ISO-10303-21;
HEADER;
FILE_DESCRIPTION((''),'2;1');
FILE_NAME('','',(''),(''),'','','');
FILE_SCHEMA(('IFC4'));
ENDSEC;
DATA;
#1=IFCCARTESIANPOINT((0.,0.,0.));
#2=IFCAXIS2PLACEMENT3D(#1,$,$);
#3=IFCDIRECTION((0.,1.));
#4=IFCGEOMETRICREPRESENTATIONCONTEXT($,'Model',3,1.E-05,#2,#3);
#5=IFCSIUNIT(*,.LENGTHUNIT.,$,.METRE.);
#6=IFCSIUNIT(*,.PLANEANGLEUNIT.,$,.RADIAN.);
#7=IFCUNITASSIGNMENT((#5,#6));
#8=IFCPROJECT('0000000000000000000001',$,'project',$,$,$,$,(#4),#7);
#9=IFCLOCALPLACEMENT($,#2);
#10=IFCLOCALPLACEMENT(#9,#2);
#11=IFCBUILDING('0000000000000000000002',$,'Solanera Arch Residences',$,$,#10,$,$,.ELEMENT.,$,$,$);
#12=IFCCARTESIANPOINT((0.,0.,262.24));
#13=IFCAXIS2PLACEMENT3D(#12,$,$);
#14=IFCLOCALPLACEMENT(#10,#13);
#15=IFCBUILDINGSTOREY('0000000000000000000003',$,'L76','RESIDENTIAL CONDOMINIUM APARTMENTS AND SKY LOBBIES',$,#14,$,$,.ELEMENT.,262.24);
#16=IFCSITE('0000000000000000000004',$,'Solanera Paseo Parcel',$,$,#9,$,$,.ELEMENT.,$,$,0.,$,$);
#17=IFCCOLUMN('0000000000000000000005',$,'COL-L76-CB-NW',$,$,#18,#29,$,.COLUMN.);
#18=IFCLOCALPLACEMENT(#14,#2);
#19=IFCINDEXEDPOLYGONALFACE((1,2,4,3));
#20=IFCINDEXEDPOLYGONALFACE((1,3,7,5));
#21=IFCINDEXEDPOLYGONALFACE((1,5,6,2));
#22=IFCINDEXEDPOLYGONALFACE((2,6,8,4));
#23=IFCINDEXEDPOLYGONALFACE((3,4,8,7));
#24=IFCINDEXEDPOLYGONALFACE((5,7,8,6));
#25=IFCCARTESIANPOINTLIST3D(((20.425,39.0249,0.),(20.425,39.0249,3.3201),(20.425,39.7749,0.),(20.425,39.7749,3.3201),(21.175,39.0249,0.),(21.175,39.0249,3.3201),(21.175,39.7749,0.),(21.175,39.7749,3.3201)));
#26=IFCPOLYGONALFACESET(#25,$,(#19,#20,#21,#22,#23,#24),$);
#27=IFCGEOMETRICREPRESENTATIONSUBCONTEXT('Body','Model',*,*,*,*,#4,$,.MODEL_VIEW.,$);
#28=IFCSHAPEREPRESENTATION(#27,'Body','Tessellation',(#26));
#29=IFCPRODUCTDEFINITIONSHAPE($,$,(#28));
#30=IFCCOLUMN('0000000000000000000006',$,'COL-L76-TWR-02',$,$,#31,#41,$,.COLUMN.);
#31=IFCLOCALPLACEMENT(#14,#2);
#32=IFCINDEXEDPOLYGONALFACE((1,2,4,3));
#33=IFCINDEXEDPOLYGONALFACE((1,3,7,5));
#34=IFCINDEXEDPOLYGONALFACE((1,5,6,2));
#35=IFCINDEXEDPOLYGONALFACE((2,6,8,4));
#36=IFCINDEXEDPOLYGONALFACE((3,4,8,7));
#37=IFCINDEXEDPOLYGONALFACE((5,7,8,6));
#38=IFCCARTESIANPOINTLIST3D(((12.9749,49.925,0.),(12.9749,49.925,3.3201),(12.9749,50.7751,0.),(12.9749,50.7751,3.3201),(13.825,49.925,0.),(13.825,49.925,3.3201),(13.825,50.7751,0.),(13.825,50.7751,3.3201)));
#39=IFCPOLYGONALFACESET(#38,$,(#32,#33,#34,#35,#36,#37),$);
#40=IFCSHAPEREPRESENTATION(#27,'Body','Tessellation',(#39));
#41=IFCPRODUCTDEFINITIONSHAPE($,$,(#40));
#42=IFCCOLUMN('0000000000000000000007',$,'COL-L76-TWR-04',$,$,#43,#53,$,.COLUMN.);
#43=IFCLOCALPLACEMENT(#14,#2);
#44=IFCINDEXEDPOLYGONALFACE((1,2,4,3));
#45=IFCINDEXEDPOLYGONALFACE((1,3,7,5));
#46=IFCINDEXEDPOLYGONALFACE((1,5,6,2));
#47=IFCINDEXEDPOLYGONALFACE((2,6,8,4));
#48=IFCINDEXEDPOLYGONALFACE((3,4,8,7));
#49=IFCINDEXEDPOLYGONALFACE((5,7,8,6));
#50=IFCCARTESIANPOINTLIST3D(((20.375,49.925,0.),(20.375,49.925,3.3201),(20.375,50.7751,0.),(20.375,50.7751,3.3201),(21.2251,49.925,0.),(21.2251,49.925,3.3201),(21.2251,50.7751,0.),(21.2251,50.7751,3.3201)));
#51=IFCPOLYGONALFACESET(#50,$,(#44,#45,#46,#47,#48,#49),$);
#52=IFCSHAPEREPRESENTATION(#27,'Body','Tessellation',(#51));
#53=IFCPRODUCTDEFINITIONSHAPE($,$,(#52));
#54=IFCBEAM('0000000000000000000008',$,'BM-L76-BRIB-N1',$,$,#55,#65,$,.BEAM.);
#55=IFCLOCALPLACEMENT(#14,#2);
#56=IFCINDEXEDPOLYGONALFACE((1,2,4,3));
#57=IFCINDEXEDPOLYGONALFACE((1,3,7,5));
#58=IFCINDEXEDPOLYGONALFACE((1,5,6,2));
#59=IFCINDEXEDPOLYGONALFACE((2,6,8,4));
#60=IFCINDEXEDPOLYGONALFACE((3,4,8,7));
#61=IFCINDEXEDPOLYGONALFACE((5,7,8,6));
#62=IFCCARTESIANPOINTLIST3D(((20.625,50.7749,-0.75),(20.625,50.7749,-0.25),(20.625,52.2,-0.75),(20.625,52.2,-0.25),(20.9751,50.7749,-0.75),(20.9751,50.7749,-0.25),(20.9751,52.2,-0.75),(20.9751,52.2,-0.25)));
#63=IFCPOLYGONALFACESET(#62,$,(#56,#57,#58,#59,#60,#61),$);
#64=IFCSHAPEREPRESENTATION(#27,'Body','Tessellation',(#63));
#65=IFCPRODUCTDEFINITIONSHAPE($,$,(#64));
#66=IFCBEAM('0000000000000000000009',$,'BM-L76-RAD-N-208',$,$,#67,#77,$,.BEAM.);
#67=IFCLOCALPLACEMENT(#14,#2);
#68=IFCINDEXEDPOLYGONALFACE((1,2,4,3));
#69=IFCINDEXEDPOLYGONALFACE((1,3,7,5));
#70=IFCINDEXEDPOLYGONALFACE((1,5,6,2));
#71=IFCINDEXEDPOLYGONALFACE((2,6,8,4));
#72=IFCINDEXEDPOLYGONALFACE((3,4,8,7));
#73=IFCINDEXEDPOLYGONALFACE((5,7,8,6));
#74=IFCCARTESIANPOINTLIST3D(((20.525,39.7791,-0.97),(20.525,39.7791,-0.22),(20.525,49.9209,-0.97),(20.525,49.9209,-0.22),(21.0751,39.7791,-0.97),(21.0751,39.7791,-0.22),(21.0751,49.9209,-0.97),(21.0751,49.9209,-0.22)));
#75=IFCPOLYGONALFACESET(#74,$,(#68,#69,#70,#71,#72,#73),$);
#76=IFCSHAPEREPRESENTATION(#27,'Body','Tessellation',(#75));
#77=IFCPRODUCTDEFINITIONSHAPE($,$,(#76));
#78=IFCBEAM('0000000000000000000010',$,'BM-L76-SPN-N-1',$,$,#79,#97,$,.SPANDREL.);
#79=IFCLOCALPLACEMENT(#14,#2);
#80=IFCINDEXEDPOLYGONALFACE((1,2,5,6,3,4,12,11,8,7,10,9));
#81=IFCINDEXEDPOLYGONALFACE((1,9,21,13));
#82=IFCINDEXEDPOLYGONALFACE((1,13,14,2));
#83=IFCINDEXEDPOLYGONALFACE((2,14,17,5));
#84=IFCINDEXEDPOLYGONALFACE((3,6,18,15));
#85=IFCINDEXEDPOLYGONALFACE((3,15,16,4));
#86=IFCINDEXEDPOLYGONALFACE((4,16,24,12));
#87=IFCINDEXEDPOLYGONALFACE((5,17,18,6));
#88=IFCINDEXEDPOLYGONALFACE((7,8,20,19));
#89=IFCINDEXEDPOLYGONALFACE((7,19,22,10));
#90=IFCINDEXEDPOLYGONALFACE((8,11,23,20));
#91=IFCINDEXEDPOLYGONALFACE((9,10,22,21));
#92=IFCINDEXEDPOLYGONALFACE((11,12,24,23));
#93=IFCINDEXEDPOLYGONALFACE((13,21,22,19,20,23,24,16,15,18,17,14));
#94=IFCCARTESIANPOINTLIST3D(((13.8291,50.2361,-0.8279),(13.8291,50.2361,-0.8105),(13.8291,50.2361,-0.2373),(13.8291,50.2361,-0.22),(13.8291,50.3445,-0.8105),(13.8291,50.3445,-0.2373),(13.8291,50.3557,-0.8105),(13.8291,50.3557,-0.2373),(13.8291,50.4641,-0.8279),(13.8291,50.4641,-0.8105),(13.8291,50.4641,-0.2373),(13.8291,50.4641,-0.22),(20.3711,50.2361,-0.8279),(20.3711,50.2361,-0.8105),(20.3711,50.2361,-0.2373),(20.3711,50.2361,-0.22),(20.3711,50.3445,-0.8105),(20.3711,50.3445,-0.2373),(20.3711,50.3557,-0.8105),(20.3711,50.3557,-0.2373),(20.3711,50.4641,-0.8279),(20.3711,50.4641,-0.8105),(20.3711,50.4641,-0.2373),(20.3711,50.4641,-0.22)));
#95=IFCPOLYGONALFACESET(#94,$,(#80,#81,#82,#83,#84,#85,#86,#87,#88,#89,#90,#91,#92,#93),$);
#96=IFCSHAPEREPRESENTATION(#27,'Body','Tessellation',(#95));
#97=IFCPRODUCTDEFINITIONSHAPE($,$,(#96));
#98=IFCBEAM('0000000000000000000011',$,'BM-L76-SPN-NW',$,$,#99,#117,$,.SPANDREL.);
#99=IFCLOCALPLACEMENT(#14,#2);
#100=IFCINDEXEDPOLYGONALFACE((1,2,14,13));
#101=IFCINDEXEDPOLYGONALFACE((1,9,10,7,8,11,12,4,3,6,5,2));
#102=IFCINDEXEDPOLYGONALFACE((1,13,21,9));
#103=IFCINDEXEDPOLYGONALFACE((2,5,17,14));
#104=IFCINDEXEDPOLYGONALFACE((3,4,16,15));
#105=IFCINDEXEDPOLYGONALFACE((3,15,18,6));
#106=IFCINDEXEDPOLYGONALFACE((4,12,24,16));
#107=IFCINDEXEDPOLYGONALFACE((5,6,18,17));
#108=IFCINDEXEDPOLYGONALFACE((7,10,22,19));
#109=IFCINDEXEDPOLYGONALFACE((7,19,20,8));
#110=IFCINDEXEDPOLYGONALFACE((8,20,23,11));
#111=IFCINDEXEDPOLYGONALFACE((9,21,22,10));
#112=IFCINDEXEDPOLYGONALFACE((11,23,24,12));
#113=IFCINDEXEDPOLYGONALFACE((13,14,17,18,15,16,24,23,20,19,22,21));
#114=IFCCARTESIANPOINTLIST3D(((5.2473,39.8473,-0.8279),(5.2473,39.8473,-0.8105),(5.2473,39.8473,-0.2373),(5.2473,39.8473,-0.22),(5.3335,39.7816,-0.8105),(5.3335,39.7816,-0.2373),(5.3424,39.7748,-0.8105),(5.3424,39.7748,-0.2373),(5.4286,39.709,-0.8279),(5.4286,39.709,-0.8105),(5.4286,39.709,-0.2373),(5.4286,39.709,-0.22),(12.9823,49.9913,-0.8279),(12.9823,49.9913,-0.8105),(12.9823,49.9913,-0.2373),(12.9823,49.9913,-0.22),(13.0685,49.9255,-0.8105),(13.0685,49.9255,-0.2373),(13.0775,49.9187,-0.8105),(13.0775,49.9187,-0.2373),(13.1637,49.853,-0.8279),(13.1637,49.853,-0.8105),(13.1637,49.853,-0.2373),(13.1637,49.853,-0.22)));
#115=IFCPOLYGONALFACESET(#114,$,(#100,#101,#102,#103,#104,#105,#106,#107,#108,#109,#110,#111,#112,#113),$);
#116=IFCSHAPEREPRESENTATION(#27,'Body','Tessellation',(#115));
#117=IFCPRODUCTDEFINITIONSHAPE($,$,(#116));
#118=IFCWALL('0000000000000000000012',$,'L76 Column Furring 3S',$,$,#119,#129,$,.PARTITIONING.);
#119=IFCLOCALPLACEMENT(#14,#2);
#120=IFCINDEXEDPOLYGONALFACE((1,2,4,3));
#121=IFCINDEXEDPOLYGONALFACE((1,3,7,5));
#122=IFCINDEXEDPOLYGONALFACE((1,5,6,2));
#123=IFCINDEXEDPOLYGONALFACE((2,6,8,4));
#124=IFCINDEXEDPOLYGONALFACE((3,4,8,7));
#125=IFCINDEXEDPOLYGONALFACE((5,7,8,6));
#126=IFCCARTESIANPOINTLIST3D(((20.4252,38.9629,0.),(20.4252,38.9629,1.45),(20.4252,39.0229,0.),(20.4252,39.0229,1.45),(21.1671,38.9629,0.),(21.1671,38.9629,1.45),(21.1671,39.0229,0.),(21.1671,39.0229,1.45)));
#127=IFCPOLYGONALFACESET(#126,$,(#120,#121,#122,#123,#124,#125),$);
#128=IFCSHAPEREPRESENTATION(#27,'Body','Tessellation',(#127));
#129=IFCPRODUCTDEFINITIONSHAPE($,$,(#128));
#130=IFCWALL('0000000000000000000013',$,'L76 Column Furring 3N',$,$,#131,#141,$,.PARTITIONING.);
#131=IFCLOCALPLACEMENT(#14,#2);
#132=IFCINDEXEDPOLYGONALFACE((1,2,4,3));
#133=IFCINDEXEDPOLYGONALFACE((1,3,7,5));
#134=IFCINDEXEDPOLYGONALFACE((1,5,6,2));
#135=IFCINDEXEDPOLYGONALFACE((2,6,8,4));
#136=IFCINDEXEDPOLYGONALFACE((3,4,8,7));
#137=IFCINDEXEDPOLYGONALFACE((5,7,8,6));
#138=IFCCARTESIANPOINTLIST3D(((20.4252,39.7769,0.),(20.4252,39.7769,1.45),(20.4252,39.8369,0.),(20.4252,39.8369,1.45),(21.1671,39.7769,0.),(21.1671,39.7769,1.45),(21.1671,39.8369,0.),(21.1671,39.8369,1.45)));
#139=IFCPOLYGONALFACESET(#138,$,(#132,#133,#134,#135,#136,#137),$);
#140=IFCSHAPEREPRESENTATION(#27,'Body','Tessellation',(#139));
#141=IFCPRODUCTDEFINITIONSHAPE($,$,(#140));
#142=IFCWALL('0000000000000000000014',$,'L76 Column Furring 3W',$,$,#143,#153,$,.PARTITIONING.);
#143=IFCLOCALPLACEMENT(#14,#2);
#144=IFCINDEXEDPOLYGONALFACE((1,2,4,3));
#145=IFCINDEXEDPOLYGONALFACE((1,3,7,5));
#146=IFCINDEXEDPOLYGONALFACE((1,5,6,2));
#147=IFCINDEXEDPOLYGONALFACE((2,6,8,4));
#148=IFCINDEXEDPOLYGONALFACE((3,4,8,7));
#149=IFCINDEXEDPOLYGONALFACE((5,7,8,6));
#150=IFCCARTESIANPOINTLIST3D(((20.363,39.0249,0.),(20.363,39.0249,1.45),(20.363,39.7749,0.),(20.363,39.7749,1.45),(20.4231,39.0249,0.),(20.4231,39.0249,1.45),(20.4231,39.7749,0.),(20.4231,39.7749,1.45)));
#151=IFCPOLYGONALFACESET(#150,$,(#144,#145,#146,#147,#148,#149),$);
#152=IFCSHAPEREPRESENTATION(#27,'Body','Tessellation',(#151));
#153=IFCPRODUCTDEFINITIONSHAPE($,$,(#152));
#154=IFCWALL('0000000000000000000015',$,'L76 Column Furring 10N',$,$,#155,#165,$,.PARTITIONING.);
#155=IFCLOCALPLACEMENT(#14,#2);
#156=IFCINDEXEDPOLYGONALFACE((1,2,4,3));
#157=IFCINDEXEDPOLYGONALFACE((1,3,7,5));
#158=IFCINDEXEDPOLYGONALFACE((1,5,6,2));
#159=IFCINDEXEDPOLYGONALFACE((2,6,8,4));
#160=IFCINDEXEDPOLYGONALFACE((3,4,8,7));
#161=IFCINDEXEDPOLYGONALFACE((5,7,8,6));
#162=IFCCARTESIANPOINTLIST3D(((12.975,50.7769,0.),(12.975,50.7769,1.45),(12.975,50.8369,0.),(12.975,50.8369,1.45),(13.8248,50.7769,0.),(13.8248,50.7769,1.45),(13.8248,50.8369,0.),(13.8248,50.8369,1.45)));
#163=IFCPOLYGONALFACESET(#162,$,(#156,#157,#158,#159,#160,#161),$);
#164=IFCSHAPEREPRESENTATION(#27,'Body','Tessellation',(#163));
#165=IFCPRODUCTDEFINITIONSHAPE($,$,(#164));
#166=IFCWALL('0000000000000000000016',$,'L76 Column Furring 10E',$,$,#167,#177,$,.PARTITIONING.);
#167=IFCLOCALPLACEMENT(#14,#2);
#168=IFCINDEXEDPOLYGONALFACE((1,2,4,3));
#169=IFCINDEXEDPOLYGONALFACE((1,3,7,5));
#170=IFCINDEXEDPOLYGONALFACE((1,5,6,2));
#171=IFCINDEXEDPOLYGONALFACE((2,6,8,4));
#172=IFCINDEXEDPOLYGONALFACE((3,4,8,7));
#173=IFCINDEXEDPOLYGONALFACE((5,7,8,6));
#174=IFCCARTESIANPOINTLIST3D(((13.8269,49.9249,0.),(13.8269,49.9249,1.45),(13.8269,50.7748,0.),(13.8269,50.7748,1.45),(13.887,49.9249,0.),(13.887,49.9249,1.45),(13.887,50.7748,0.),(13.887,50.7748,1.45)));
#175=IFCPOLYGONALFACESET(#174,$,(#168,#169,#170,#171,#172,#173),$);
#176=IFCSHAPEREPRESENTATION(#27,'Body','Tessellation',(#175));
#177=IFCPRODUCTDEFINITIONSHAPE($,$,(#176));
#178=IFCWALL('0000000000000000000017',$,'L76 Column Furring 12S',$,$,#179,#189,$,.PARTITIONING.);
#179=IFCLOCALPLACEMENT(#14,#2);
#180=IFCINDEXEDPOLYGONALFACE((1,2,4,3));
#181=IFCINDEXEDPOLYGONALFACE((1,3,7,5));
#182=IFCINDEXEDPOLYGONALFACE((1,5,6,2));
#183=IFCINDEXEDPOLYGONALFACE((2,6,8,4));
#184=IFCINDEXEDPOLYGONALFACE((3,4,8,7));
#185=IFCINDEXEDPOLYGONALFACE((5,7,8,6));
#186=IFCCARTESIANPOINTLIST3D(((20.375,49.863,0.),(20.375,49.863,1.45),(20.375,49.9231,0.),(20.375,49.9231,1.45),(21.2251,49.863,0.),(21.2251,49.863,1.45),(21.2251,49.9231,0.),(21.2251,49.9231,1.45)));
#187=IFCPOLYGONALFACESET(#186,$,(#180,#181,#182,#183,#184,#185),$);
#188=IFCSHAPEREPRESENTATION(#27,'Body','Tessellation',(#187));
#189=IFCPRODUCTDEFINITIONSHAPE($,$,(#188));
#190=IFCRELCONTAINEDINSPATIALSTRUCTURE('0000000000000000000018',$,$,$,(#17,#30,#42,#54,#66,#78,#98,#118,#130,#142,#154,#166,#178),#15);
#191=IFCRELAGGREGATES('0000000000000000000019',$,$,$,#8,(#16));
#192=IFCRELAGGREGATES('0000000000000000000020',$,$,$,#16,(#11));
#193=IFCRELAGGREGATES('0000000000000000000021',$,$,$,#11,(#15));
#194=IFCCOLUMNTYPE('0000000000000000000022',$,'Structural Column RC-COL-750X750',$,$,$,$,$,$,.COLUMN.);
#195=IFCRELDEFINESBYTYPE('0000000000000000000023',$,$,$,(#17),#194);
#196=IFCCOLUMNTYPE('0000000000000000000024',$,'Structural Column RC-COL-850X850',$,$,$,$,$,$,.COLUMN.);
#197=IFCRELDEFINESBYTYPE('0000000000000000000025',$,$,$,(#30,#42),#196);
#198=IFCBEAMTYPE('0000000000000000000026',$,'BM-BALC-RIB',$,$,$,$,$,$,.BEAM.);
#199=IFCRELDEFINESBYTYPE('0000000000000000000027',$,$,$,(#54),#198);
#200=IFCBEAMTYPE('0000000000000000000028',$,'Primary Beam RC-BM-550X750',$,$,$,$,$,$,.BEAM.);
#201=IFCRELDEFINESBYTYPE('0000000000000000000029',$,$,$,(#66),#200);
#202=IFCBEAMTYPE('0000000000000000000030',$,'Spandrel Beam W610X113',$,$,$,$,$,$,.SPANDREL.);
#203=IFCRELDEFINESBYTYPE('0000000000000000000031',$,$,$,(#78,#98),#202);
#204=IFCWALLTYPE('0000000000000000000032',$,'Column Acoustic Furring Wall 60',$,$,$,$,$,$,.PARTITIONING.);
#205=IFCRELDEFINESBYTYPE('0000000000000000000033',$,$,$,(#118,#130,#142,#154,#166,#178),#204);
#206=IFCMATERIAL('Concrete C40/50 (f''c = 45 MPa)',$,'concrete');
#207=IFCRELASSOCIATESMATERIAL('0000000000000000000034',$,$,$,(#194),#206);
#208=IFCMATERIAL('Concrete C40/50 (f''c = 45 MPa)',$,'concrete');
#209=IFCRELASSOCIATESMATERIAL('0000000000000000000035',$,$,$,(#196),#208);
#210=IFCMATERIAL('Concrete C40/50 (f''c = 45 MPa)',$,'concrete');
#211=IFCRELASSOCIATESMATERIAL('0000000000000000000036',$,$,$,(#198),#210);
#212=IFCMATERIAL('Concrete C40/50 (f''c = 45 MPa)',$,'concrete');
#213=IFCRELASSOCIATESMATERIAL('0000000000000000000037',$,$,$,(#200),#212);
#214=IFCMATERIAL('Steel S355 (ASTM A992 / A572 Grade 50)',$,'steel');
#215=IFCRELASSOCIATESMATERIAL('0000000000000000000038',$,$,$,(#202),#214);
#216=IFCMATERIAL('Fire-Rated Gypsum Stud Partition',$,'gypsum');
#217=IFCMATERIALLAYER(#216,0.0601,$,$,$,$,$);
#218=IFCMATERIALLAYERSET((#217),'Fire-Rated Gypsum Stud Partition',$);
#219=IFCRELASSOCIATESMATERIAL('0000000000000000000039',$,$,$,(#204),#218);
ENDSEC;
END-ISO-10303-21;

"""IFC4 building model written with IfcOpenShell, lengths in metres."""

from ifc_helpers import new_model, si_unit, direction, frame, frame_2d, origin, origin_2d, place, context, subcontext, project, spatial, rectangle, i_section, extrude, material, layer, layer_set, material_profile, profile_set, type_object, element, save


model = new_model("IFC4")

# Units and contexts
model_context = context("Model", 3, precision=1e-05, world=origin(), true_north=direction((0.0, 1.0)))
body_context = subcontext(model_context, "Body", "Model", "MODEL_VIEW")
ifc_project = project(units=[si_unit("LENGTHUNIT", "METRE"), si_unit("PLANEANGLEUNIT", "RADIAN")], contexts=[model_context])

# Site, building, storey
site_placement = place(None, origin())
site = spatial("IfcSite", under=ifc_project, at=site_placement, Name="Solanera Paseo Parcel", CompositionType="ELEMENT", RefElevation=0.0)
building_placement = place(site_placement, origin())
building = spatial("IfcBuilding", under=site, at=building_placement, Name="Solanera Arch Residences", CompositionType="ELEMENT")
storey_placement = place(building_placement, frame((0.0, 0.0, 262.24)))
storey = spatial("IfcBuildingStorey", under=building, at=storey_placement, Name="L76", Description="RESIDENTIAL CONDOMINIUM APARTMENTS AND SKY LOBBIES", CompositionType="ELEMENT", Elevation=262.24)

# Columns
ifc_material_1 = material(Name="Concrete C40/50 (f'c = 45 MPa)", Category="concrete")
ifc_material_profile_1 = material_profile(ifc_material_1, rectangle(XDim=0.75, YDim=0.75, at=origin_2d()))
ifc_profile_set_1 = profile_set([ifc_material_profile_1], Name="Concrete C40/50 (f'c = 45 MPa)")
column_type_1 = type_object("IfcColumnType", Name="Structural Column RC-COL-750X750", PredefinedType="COLUMN", material=ifc_profile_set_1)
column_placement = place(storey_placement, frame((20.8, 39.3999, 0.0), z_axis=(0.0, 0.0, 1.0), x_axis=(1.0, 0.0, 0.0)))
element("IfcColumn", 1, at=column_placement, inside=storey, type_object=column_type_1, Name="COL-L76-CB-NW", PredefinedType="COLUMN", context=body_context, shape_type="SweptSolid", body=[
    extrude(rectangle(XDim=0.75, YDim=0.75, at=origin_2d()), origin(), (0.0, 0.0, 1.0), 3.3201),
])
ifc_material_2 = material(Name="Concrete C40/50 (f'c = 45 MPa)", Category="concrete")
ifc_material_profile_2 = material_profile(ifc_material_2, rectangle(XDim=0.8501, YDim=0.8501, at=origin_2d()))
ifc_profile_set_2 = profile_set([ifc_material_profile_2], Name="Concrete C40/50 (f'c = 45 MPa)")
column_type_2 = type_object("IfcColumnType", Name="Structural Column RC-COL-850X850", PredefinedType="COLUMN", material=ifc_profile_set_2)
for number, where, z_axis, x_axis, name in (
    (2, (13.3999, 50.3501, 0.0), (0.0, 0.0, 1.0), (1.0, 0.0, 0.0), "COL-L76-TWR-02"),
    (3, (20.8, 50.3501, 0.0), (0.0, 0.0, 1.0), (1.0, 0.0, 0.0), "COL-L76-TWR-04"),
):
    element("IfcColumn", number, at=place(storey_placement, frame(where, z_axis=z_axis, x_axis=x_axis)), inside=storey, type_object=column_type_2, Name=name, PredefinedType="COLUMN", context=body_context, shape_type="SweptSolid", body=[
        extrude(rectangle(XDim=0.8501, YDim=0.8501, at=origin_2d()), origin(), (0.0, 0.0, 1.0), 3.3201),
    ])

# Beams
ifc_material_3 = material(Name="Concrete C40/50 (f'c = 45 MPa)", Category="concrete")
ifc_material_profile_3 = material_profile(ifc_material_3, rectangle(XDim=0.3501, YDim=0.5, at=origin_2d()))
ifc_profile_set_3 = profile_set([ifc_material_profile_3], Name="Concrete C40/50 (f'c = 45 MPa)")
beam_type_1 = type_object("IfcBeamType", Name="BM-BALC-RIB", PredefinedType="BEAM", material=ifc_profile_set_3)
beam_1_placement = place(storey_placement, frame((20.8, 50.7749, -0.5), z_axis=(0.0, 1.0, 0.0), x_axis=(-1.0, 0.0, 0.0)))
element("IfcBeam", 4, at=beam_1_placement, inside=storey, type_object=beam_type_1, Name="BM-L76-BRIB-N1", PredefinedType="BEAM", context=body_context, shape_type="SweptSolid", body=[
    extrude(rectangle(XDim=0.3501, YDim=0.5, at=origin_2d()), origin(), (0.0, 0.0, 1.0), 1.425),
])
ifc_material_4 = material(Name="Concrete C40/50 (f'c = 45 MPa)", Category="concrete")
ifc_material_profile_4 = material_profile(ifc_material_4, rectangle(XDim=0.55, YDim=0.75, at=origin_2d()))
ifc_profile_set_4 = profile_set([ifc_material_profile_4], Name="Concrete C40/50 (f'c = 45 MPa)")
beam_type_2 = type_object("IfcBeamType", Name="Primary Beam RC-BM-550X750", PredefinedType="BEAM", material=ifc_profile_set_4)
beam_2_placement = place(storey_placement, frame((20.8, 39.7791, -0.595), z_axis=(0.0, 1.0, 0.0), x_axis=(-1.0, 0.0, 0.0)))
element("IfcBeam", 5, at=beam_2_placement, inside=storey, type_object=beam_type_2, Name="BM-L76-RAD-N-208", PredefinedType="BEAM", context=body_context, shape_type="SweptSolid", body=[
    extrude(rectangle(XDim=0.55, YDim=0.75, at=origin_2d()), origin(), (0.0, 0.0, 1.0), 10.1418),
])
ifc_material_5 = material(Name="Steel S355 (ASTM A992 / A572 Grade 50)", Category="steel")
ifc_material_profile_5 = material_profile(ifc_material_5, i_section(OverallWidth=0.228, OverallDepth=0.6079, WebThickness=0.0112, FlangeThickness=0.0173, at=origin_2d()))
ifc_profile_set_5 = profile_set([ifc_material_profile_5], Name="Steel S355 (ASTM A992 / A572 Grade 50)")
beam_type_3 = type_object("IfcBeamType", Name="Spandrel Beam W610X113", PredefinedType="SPANDREL", material=ifc_profile_set_5)
beam_3_placement = place(storey_placement, frame((13.8291, 50.3501, -0.5239), z_axis=(1.0, 0.0, 0.0), x_axis=(0.0, 1.0, 0.0)))
element("IfcBeam", 6, at=beam_3_placement, inside=storey, type_object=beam_type_3, Name="BM-L76-SPN-N-1", PredefinedType="SPANDREL", context=body_context, shape_type="SweptSolid", body=[
    extrude(i_section(OverallWidth=0.228, OverallDepth=0.6079, WebThickness=0.0112, FlangeThickness=0.0173, at=origin_2d()), origin(), (0.0, 0.0, 1.0), 6.542),
])
beam_4_placement = place(storey_placement, frame((13.073, 49.9221, -0.5239), z_axis=(-0.606356, -0.795193, 0.0), x_axis=(0.795193, -0.606356, 0.0)))
element("IfcBeam", 7, at=beam_4_placement, inside=storey, type_object=beam_type_3, Name="BM-L76-SPN-NW", PredefinedType="SPANDREL", context=body_context, shape_type="SweptSolid", body=[
    extrude(i_section(OverallWidth=0.228, OverallDepth=0.6079, WebThickness=0.0112, FlangeThickness=0.0173, at=origin_2d()), origin(), (0.0, 0.0, 1.0), 12.7566),
])

# Walls
ifc_material_6 = material(Name="Fire-Rated Gypsum Stud Partition", Category="gypsum")
ifc_layer_1 = layer(ifc_material_6, 0.0601)
ifc_layer_set_1 = layer_set([ifc_layer_1], Name="Fire-Rated Gypsum Stud Partition")
wall_type_1 = type_object("IfcWallType", Name="Column Acoustic Furring Wall 60", PredefinedType="PARTITIONING", material=ifc_layer_set_1)
for number, where, z_axis, x_axis, name in (
    (8, (20.425, 38.9929, 0.0), (0.0, 0.0, 1.0), (1.0, 0.0, 0.0), "L76 Column Furring 3S"),
    (9, (20.425, 39.8069, 0.0), (0.0, 0.0, 1.0), (1.0, 0.0, 0.0), "L76 Column Furring 3N"),
):
    element("IfcWall", number, at=place(storey_placement, frame(where, z_axis=z_axis, x_axis=x_axis)), inside=storey, type_object=wall_type_1, Name=name, PredefinedType="PARTITIONING", context=body_context, shape_type="SweptSolid", body=[
        extrude(rectangle(XDim=0.7419, YDim=0.0601, at=frame_2d((0.3711, 0.0))), origin(), (0.0, 0.0, 1.0), 1.45),
    ])
wall_1_placement = place(storey_placement, frame((20.3931, 39.0249, 0.0), z_axis=(0.0, 0.0, 1.0), x_axis=(0.0, 1.0, 0.0)))
element("IfcWall", 10, at=wall_1_placement, inside=storey, type_object=wall_type_1, Name="L76 Column Furring 3W", PredefinedType="PARTITIONING", context=body_context, shape_type="SweptSolid", body=[
    extrude(rectangle(XDim=0.75, YDim=0.0601, at=frame_2d((0.375, 0.0))), origin(), (0.0, 0.0, 1.0), 1.45),
])
for number, where, z_axis, x_axis, name in (
    (11, (12.9751, 50.8069, 0.0), (0.0, 0.0, 1.0), (1.0, 0.0, 0.0), "L76 Column Furring 10N"),
    (12, (13.8569, 49.925, 0.0), (0.0, 0.0, 1.0), (0.0, 1.0, 0.0), "L76 Column Furring 10E"),
):
    element("IfcWall", number, at=place(storey_placement, frame(where, z_axis=z_axis, x_axis=x_axis)), inside=storey, type_object=wall_type_1, Name=name, PredefinedType="PARTITIONING", context=body_context, shape_type="SweptSolid", body=[
        extrude(rectangle(XDim=0.8499, YDim=0.0601, at=frame_2d((0.4248, 0.0))), origin(), (0.0, 0.0, 1.0), 1.45),
    ])
for number, where, z_axis, x_axis, name in (
    (13, (20.375, 49.8931, 0.0), (0.0, 0.0, 1.0), (1.0, 0.0, 0.0), "L76 Column Furring 12S"),
):
    element("IfcWall", number, at=place(storey_placement, frame(where, z_axis=z_axis, x_axis=x_axis)), inside=storey, type_object=wall_type_1, Name=name, PredefinedType="PARTITIONING", context=body_context, shape_type="SweptSolid", body=[
        extrude(rectangle(XDim=0.8501, YDim=0.0601, at=frame_2d((0.425, 0.0))), origin(), (0.0, 0.0, 1.0), 1.45),
    ])

save(model, "model.ifc")
